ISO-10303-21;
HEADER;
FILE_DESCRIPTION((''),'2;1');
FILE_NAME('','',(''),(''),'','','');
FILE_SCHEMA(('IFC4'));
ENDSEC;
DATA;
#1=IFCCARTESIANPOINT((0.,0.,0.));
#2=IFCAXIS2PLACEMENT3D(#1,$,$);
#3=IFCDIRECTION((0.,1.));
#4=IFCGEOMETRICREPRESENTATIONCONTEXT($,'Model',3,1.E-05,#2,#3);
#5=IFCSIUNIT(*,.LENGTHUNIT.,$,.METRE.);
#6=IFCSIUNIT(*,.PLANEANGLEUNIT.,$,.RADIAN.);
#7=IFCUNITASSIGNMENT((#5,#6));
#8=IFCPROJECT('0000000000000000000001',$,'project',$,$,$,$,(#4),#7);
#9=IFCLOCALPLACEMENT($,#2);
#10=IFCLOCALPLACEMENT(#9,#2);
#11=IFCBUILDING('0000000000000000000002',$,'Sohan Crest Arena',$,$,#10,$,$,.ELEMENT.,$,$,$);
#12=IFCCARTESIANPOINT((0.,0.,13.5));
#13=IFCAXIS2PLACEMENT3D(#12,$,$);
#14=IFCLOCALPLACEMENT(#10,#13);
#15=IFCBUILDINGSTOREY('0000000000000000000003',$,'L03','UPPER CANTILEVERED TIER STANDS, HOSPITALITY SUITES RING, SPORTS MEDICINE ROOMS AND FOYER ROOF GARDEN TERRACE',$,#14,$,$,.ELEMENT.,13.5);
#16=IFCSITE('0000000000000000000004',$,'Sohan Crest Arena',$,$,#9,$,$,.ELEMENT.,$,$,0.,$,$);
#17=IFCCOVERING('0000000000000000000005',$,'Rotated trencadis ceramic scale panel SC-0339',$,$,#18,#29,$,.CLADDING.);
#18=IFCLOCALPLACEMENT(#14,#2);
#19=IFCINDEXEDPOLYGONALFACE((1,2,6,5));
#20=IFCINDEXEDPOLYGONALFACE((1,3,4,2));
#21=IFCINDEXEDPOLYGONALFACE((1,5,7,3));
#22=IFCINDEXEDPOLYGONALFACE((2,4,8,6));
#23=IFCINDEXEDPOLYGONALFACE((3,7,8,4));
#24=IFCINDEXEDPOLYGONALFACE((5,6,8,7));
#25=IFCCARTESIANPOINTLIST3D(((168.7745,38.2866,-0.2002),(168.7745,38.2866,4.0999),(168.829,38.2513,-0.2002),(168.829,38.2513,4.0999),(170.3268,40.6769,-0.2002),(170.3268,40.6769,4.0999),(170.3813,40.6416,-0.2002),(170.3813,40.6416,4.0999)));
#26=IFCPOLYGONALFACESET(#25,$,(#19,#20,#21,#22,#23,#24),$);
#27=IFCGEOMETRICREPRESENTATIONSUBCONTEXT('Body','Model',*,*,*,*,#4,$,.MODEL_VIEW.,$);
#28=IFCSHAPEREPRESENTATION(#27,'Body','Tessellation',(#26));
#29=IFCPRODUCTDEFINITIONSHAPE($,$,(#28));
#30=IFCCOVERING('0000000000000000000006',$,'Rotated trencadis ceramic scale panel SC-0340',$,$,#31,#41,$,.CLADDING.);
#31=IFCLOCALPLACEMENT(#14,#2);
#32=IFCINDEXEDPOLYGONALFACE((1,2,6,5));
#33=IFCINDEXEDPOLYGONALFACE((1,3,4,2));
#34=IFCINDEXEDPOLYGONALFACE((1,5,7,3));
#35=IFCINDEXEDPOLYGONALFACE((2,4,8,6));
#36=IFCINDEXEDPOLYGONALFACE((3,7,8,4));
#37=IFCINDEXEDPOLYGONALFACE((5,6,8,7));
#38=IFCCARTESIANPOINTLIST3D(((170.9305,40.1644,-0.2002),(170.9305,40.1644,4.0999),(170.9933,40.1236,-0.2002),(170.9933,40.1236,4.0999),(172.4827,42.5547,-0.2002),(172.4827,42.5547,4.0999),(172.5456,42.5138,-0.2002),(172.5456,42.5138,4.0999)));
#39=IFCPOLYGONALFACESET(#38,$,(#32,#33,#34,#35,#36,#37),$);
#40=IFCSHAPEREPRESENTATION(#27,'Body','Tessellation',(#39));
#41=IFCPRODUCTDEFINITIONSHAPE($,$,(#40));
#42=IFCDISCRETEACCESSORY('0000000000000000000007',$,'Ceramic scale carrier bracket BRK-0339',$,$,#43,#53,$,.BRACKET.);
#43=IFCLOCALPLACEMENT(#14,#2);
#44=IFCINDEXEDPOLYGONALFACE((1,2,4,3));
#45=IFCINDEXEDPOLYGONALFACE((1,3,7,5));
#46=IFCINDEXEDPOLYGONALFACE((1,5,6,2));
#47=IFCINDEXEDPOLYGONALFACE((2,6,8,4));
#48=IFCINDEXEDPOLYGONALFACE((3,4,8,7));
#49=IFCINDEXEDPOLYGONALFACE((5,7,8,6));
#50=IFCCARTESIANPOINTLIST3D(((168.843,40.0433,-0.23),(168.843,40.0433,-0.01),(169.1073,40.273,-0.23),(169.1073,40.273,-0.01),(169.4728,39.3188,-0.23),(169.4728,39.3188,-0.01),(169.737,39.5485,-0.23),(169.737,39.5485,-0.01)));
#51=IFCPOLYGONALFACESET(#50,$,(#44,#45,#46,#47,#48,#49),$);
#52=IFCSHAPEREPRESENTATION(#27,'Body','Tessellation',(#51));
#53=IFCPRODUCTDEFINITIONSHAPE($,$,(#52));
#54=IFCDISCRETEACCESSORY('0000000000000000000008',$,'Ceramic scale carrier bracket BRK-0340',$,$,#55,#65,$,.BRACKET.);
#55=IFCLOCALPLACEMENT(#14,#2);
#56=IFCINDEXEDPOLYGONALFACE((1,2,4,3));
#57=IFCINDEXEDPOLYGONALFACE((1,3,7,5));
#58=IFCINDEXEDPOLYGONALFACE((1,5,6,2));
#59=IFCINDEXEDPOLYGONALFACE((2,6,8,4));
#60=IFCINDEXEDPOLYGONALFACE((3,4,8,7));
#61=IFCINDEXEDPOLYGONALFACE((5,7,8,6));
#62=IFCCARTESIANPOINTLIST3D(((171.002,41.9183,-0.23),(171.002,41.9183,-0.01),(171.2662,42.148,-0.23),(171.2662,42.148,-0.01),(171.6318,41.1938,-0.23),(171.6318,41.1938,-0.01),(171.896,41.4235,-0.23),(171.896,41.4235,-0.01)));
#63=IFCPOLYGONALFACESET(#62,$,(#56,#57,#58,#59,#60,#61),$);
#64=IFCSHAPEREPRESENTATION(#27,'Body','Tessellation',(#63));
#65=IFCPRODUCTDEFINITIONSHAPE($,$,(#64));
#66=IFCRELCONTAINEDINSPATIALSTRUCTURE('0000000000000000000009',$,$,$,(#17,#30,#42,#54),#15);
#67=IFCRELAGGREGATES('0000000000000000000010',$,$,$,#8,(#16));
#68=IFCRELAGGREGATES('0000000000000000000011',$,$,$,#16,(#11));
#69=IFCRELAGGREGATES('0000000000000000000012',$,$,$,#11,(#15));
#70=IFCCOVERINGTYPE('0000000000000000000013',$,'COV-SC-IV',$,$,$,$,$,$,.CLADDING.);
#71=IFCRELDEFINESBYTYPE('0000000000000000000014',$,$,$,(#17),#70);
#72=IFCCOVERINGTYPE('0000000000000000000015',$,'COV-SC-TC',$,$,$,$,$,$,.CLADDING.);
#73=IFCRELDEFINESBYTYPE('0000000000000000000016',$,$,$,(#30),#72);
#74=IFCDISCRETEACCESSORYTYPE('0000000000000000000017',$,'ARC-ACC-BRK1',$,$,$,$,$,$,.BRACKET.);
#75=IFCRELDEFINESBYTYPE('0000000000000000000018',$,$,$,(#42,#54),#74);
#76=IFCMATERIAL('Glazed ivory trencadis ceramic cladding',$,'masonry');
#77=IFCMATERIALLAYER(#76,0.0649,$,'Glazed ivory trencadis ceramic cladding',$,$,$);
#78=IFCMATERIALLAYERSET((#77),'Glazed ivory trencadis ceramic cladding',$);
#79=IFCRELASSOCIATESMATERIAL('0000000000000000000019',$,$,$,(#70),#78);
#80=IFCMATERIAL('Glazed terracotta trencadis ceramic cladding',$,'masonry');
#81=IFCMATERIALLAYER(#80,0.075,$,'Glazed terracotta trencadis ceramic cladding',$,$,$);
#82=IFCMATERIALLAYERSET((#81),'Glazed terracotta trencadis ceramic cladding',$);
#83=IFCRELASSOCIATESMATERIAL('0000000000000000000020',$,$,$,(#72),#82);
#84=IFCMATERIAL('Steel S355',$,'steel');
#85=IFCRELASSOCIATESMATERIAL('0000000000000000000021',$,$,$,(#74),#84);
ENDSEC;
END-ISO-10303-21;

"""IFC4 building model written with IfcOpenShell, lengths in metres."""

from ifc_helpers import new_model, si_unit, direction, frame, origin, origin_2d, place, context, subcontext, project, spatial, rectangle, extrude, material, layer, layer_set, type_object, element, save


model = new_model("IFC4")

# Units and contexts
model_context = context("Model", 3, precision=1e-05, world=origin(), true_north=direction((0.0, 1.0)))
body_context = subcontext(model_context, "Body", "Model", "MODEL_VIEW")
ifc_project = project(units=[si_unit("LENGTHUNIT", "METRE"), si_unit("PLANEANGLEUNIT", "RADIAN")], contexts=[model_context])

# Site, building, storey
site_placement = place(None, origin())
site = spatial("IfcSite", under=ifc_project, at=site_placement, Name="Sohan Crest Arena", CompositionType="ELEMENT", RefElevation=0.0)
building_placement = place(site_placement, origin())
building = spatial("IfcBuilding", under=site, at=building_placement, Name="Sohan Crest Arena", CompositionType="ELEMENT")
storey_placement = place(building_placement, frame((0.0, 0.0, 13.5)))
storey = spatial("IfcBuildingStorey", under=building, at=storey_placement, Name="L03", Description="UPPER CANTILEVERED TIER STANDS, HOSPITALITY SUITES RING, SPORTS MEDICINE ROOMS AND FOYER ROOF GARDEN TERRACE", CompositionType="ELEMENT", Elevation=13.5)

# Coverings
ifc_material_1 = material(Name="Glazed ivory trencadis ceramic cladding", Category="masonry")
ifc_layer_1 = layer(ifc_material_1, 0.0649, Name="Glazed ivory trencadis ceramic cladding")
ifc_layer_set_1 = layer_set([ifc_layer_1], Name="Glazed ivory trencadis ceramic cladding")
covering_type_1 = type_object("IfcCoveringType", Name="COV-SC-IV", PredefinedType="CLADDING", material=ifc_layer_set_1)
covering_1_placement = place(storey_placement, frame((169.5779, 39.4641, -0.2002), z_axis=(0.0, 0.0, 1.0), x_axis=(0.544639, 0.838671, 0.0)))
element("IfcCovering", 1, at=covering_1_placement, inside=storey, type_object=covering_type_1, Name="Rotated trencadis ceramic scale panel SC-0339", PredefinedType="CLADDING", context=body_context, shape_type="SweptSolid", body=[
    extrude(rectangle(XDim=2.8501, YDim=0.0649, at=origin_2d()), origin(), (0.0, 0.0, 1.0), 4.3),
])
ifc_material_2 = material(Name="Glazed terracotta trencadis ceramic cladding", Category="masonry")
ifc_layer_2 = layer(ifc_material_2, 0.075, Name="Glazed terracotta trencadis ceramic cladding")
ifc_layer_set_2 = layer_set([ifc_layer_2], Name="Glazed terracotta trencadis ceramic cladding")
covering_type_2 = type_object("IfcCoveringType", Name="COV-SC-TC", PredefinedType="CLADDING", material=ifc_layer_set_2)
covering_2_placement = place(storey_placement, frame((171.738, 41.3391, -0.2002), z_axis=(0.0, 0.0, 1.0), x_axis=(0.544639, 0.838671, 0.0)))
element("IfcCovering", 2, at=covering_2_placement, inside=storey, type_object=covering_type_2, Name="Rotated trencadis ceramic scale panel SC-0340", PredefinedType="CLADDING", context=body_context, shape_type="SweptSolid", body=[
    extrude(rectangle(XDim=2.8501, YDim=0.075, at=origin_2d()), origin(), (0.0, 0.0, 1.0), 4.3),
])

# Discrete accessories
ifc_material_3 = material(Name="Steel S355", Category="steel")
discrete_accessory_type = type_object("IfcDiscreteAccessoryType", Name="ARC-ACC-BRK1", PredefinedType="BRACKET", material=ifc_material_3)
for number, where, z_axis, x_axis, name in (
    (3, (169.29, 39.7959, -0.23), (0.0, 0.0, 1.0), (0.75471, 0.656059, 0.0), "Ceramic scale carrier bracket BRK-0339"),
    (4, (171.449, 41.6709, -0.23), (0.0, 0.0, 1.0), (0.75471, 0.656059, 0.0), "Ceramic scale carrier bracket BRK-0340"),
):
    element("IfcDiscreteAccessory", number, at=place(storey_placement, frame(where, z_axis=z_axis, x_axis=x_axis)), inside=storey, type_object=discrete_accessory_type, Name=name, PredefinedType="BRACKET", context=body_context, shape_type="SweptSolid", body=[
        extrude(rectangle(XDim=0.3501, YDim=0.96, at=origin_2d()), origin(), (0.0, 0.0, 1.0), 0.22),
    ])

save(model, "model.ifc")
